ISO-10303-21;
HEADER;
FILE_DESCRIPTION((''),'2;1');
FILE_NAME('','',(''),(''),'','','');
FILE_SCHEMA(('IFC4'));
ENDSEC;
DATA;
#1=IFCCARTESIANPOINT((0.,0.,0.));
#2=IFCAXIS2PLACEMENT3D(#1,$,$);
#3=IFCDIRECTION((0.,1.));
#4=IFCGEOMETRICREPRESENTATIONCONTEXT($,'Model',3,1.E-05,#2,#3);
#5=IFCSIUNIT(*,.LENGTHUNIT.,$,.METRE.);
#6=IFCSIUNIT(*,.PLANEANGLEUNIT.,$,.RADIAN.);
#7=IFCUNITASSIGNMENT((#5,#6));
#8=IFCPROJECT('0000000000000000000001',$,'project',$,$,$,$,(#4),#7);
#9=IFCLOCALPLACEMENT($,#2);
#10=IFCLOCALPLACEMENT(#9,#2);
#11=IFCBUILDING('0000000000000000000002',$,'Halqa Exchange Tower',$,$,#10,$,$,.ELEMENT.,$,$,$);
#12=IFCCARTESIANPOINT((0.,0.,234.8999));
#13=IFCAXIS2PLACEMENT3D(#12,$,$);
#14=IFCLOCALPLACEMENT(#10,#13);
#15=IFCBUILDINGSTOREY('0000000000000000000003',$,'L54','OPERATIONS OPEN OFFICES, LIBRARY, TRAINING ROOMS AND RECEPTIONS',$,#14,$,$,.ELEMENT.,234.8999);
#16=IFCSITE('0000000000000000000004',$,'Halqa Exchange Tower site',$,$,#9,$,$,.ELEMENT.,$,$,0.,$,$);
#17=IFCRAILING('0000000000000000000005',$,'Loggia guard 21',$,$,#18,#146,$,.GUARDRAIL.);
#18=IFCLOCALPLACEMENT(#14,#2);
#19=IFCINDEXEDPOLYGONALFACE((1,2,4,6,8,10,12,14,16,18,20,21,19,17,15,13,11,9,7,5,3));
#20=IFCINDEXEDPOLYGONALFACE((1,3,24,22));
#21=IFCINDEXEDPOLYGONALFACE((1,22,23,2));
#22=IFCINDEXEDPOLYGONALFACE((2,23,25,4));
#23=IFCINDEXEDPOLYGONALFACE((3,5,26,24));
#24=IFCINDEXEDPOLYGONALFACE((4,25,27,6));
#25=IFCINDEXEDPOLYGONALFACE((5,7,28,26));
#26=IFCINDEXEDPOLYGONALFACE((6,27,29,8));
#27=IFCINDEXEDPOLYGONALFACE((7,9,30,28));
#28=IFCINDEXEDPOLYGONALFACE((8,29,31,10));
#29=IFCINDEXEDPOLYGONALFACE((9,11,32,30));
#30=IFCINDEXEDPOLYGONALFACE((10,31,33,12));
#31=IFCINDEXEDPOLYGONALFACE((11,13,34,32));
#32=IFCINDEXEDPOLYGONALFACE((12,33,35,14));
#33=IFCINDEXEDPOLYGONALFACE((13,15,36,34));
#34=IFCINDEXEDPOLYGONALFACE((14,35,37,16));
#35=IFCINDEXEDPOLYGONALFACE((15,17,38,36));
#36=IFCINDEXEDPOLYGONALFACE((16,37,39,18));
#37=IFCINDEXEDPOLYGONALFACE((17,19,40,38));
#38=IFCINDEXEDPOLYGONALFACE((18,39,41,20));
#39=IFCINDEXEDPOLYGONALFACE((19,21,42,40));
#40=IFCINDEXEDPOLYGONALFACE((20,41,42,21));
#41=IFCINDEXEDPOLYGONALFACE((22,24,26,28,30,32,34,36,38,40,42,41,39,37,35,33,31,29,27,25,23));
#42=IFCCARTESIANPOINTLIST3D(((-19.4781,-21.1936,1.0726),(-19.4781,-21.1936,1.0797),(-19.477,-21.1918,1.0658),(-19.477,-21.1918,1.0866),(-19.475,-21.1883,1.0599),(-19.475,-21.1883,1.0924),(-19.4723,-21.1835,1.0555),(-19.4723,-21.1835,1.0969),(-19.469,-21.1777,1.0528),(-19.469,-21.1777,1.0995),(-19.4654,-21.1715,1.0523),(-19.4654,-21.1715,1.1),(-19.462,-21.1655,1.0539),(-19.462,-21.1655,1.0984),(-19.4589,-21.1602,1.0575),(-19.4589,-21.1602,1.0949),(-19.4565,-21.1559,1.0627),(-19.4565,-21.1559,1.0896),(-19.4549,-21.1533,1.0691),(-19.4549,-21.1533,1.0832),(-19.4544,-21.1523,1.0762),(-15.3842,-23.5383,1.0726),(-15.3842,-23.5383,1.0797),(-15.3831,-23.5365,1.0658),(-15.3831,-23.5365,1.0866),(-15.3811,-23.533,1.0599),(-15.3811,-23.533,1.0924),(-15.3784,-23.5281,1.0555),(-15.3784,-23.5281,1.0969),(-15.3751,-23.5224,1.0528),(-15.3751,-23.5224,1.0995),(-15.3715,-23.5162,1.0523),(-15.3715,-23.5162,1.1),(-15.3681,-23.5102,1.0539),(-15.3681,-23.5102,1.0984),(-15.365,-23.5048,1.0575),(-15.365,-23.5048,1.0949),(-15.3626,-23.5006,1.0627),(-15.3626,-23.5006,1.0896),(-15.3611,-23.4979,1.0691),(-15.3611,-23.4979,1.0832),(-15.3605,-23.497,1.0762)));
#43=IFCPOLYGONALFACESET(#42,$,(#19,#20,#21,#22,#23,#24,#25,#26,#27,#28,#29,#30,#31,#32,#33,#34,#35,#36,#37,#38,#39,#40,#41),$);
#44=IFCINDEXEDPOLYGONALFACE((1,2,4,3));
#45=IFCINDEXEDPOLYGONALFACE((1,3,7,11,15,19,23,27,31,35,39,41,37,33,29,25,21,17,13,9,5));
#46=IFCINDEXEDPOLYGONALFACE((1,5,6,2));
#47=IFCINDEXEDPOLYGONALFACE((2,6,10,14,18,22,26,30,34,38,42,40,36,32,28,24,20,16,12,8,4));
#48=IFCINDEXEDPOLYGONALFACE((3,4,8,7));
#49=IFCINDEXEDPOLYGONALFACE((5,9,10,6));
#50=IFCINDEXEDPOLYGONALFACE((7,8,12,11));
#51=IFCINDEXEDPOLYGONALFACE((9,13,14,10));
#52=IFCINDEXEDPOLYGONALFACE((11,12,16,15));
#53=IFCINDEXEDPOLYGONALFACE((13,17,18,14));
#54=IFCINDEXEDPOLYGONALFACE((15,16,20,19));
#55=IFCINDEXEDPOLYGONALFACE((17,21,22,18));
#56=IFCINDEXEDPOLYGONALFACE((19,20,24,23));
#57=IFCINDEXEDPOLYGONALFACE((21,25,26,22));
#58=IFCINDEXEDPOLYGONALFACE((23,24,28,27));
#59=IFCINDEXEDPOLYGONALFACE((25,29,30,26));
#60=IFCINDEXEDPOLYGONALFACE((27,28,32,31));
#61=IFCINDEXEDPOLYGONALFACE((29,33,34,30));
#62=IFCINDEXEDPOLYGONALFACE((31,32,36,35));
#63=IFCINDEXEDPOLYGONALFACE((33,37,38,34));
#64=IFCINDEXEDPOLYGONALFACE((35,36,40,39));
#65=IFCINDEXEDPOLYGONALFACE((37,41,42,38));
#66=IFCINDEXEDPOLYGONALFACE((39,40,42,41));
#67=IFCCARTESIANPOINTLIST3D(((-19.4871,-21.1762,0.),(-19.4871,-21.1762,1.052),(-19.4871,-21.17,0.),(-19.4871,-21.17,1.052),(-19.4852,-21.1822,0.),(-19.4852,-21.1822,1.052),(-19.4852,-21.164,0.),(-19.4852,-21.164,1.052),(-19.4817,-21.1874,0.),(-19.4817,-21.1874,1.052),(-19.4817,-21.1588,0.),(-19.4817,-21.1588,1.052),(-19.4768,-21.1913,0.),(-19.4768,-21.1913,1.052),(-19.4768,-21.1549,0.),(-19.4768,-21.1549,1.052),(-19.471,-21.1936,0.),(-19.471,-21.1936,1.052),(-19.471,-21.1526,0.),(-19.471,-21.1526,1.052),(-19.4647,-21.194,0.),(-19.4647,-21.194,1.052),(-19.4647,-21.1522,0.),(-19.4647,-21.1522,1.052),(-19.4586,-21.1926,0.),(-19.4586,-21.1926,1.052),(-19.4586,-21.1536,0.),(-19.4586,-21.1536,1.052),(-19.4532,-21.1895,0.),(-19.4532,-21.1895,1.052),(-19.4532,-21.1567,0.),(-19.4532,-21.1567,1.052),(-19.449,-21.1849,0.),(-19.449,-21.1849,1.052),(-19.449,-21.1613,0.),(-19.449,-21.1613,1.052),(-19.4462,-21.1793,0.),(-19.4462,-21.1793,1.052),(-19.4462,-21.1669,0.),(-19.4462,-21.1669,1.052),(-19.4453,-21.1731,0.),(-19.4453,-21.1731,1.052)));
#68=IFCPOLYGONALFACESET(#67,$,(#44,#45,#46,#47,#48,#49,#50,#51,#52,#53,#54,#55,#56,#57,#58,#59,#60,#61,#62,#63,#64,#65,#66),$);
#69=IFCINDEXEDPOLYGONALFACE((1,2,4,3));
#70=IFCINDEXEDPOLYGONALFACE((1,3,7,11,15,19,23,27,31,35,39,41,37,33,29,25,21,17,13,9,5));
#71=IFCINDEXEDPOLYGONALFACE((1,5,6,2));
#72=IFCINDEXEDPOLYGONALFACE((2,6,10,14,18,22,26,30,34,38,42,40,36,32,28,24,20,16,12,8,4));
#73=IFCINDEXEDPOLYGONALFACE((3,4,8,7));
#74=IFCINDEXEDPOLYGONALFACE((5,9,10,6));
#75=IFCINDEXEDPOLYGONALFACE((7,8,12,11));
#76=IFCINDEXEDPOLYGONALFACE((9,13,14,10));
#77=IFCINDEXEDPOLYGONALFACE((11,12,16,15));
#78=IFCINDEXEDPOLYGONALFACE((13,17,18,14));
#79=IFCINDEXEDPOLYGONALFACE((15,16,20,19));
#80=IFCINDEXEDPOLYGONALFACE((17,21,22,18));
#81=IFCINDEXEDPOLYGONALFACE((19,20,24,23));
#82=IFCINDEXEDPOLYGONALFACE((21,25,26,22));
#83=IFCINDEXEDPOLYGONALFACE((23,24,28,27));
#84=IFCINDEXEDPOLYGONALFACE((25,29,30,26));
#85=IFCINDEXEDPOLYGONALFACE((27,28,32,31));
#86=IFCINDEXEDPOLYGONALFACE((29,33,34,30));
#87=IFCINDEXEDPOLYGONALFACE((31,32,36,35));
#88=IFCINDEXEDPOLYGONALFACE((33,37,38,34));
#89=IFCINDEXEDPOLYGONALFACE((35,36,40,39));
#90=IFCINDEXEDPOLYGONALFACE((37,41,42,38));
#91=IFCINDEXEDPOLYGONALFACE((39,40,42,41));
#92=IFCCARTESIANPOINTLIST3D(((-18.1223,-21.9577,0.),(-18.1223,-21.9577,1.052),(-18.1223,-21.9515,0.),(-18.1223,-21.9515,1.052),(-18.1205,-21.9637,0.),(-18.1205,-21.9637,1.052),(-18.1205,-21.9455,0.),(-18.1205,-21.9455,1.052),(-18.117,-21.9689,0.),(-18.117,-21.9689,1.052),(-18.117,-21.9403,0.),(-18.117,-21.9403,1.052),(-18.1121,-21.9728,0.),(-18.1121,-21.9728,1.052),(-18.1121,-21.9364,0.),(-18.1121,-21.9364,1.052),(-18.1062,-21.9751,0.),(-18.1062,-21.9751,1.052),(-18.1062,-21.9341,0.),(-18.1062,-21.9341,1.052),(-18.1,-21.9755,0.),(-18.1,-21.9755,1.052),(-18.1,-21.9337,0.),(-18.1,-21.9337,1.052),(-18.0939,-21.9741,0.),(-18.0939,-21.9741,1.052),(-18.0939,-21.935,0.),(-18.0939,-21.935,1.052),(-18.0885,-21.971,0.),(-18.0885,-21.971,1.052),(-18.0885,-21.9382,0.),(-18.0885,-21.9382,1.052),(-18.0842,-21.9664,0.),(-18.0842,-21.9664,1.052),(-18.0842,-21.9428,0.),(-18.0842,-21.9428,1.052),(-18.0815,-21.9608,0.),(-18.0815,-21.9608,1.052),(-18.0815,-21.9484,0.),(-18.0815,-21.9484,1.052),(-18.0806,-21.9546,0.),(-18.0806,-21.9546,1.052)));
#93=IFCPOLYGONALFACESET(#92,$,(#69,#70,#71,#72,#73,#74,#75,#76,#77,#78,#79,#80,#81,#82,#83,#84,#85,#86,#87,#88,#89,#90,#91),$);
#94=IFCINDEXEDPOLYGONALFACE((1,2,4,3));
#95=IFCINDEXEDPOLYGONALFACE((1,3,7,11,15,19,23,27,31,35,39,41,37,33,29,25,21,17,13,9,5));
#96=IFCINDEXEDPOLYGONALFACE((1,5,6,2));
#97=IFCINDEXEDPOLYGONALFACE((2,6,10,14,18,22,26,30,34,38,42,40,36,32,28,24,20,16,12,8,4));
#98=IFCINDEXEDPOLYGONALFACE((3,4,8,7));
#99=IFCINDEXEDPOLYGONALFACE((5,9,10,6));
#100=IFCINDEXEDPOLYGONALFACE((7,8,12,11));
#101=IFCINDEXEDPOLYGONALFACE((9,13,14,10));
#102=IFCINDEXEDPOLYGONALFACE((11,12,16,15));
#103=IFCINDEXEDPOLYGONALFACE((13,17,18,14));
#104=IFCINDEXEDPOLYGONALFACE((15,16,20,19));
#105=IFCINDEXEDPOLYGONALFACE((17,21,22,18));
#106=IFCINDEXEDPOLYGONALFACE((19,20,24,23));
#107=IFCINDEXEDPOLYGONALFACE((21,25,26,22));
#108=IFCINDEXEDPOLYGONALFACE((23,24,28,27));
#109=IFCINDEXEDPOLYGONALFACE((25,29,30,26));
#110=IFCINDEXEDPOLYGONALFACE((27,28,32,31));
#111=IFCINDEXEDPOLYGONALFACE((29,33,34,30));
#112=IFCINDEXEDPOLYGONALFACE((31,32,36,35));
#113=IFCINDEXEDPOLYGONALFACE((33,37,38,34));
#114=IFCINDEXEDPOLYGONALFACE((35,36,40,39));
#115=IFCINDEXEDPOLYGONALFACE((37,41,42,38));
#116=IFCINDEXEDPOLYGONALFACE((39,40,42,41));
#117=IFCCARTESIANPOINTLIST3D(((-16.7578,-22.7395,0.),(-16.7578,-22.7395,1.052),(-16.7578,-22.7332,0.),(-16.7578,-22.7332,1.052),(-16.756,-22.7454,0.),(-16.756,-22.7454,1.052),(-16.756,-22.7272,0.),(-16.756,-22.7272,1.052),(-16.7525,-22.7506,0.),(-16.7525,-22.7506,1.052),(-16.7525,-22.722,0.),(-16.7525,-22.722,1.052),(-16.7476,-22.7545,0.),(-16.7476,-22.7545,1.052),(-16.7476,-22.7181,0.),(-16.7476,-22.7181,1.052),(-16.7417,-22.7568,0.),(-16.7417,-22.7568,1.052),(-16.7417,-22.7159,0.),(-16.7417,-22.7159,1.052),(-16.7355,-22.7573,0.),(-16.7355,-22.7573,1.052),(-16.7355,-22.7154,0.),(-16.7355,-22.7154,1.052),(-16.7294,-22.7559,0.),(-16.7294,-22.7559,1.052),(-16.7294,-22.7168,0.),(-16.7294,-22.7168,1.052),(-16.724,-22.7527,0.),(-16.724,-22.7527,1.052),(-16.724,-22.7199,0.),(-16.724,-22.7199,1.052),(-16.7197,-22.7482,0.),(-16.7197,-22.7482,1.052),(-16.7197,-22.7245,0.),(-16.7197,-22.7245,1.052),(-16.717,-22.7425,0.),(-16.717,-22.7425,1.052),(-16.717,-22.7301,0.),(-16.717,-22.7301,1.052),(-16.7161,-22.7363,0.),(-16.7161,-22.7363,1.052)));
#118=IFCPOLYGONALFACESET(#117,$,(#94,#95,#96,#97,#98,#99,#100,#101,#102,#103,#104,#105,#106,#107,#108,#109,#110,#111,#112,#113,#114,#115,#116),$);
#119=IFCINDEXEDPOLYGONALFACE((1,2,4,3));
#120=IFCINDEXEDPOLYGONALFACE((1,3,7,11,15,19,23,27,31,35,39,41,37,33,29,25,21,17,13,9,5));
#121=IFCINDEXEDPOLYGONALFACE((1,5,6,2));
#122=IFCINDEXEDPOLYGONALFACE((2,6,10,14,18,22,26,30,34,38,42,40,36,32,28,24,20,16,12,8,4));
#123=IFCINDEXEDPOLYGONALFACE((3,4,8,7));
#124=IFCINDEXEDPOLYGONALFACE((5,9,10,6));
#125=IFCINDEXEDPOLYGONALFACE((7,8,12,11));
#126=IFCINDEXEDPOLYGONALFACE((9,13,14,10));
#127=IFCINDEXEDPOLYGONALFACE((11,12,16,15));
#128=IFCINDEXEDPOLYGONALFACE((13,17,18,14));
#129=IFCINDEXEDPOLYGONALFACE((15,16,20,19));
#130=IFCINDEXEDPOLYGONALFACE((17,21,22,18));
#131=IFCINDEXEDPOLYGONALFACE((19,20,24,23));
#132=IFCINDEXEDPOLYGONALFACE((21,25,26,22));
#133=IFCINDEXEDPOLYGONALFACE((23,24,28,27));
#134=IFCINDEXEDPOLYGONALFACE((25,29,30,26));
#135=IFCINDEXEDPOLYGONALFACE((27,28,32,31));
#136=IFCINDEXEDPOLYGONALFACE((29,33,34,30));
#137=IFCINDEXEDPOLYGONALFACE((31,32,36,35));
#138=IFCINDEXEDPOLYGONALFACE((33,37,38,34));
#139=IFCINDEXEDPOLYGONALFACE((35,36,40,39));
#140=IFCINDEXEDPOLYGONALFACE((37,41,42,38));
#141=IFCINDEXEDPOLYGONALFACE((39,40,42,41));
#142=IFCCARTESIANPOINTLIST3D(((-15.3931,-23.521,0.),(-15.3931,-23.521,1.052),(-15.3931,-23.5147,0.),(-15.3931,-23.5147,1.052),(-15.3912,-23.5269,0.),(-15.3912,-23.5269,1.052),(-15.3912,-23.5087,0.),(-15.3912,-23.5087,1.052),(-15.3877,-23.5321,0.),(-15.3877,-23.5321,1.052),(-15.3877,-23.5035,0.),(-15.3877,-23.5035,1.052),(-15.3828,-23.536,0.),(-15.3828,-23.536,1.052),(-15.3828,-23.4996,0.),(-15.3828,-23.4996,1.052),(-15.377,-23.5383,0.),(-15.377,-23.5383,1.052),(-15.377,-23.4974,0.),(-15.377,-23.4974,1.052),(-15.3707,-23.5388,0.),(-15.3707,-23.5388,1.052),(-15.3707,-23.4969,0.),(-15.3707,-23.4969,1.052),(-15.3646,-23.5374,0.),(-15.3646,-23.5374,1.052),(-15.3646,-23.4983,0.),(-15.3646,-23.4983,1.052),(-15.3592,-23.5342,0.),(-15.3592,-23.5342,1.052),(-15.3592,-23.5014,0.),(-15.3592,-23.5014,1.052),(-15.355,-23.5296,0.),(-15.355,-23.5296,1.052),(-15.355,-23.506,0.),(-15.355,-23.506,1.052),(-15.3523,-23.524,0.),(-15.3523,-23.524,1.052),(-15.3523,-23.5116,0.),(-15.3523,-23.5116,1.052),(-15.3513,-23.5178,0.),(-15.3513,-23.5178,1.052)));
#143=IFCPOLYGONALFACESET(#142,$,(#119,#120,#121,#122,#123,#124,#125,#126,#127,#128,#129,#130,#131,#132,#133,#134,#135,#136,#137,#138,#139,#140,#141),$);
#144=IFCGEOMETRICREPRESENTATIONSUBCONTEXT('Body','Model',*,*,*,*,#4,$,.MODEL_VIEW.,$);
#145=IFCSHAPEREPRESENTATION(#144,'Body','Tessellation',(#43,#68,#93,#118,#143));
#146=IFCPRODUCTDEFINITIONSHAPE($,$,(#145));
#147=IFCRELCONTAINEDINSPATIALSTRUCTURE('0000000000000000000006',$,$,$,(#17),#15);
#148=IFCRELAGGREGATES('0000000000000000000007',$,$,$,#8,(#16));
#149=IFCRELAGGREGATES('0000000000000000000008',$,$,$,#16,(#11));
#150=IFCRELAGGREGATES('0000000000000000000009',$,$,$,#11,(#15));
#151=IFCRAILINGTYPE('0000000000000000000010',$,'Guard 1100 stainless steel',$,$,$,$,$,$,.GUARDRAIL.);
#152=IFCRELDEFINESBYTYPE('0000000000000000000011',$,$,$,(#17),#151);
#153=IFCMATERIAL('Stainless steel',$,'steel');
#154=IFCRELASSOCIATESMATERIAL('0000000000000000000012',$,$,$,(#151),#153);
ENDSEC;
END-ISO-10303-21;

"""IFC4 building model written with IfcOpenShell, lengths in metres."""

from ifc_helpers import new_model, si_unit, direction, frame, origin, origin_2d, place, context, subcontext, project, spatial, circle, extrude, material, type_object, element, save


model = new_model("IFC4")

# Units and contexts
model_context = context("Model", 3, precision=1e-05, world=origin(), true_north=direction((0.0, 1.0)))
body_context = subcontext(model_context, "Body", "Model", "MODEL_VIEW")
ifc_project = project(units=[si_unit("LENGTHUNIT", "METRE"), si_unit("PLANEANGLEUNIT", "RADIAN")], contexts=[model_context])

# Site, building, storey
site_placement = place(None, origin())
site = spatial("IfcSite", under=ifc_project, at=site_placement, Name="Halqa Exchange Tower site", CompositionType="ELEMENT", RefElevation=0.0)
building_placement = place(site_placement, origin())
building = spatial("IfcBuilding", under=site, at=building_placement, Name="Halqa Exchange Tower", CompositionType="ELEMENT")
storey_placement = place(building_placement, frame((0.0, 0.0, 234.8999)))
storey = spatial("IfcBuildingStorey", under=building, at=storey_placement, Name="L54", Description="OPERATIONS OPEN OFFICES, LIBRARY, TRAINING ROOMS AND RECEPTIONS", CompositionType="ELEMENT", Elevation=234.8999)

# Railing
ifc_material_1 = material(Name="Stainless steel", Category="steel")
railing_type = type_object("IfcRailingType", Name="Guard 1100 stainless steel", PredefinedType="GUARDRAIL", material=ifc_material_1)
railing_1_placement = place(storey_placement, frame((-19.4663, -21.1731, 0.0)))
element("IfcRailing", 1, at=railing_1_placement, inside=storey, type_object=railing_type, Name="Loggia guard 21", PredefinedType="GUARDRAIL", context=body_context, shape_type="SweptSolid", body=[
    extrude(circle(Radius=0.0239, at=origin_2d()), frame((0.0, 0.0, 1.0762), z_axis=(0.867759, -0.496986, 0.0), x_axis=(0.496986, 0.867759, 0.0)), (0.0, 0.0, 1.0), 4.7178),
    extrude(circle(Radius=0.021, at=origin_2d()), origin(), (0.0, 0.0, 1.0), 1.052),
    extrude(circle(Radius=0.021, at=origin_2d()), frame((1.3647, -0.7815, 0.0)), (0.0, 0.0, 1.0), 1.052),
    extrude(circle(Radius=0.021, at=origin_2d()), frame((2.7292, -1.5632, 0.0)), (0.0, 0.0, 1.0), 1.052),
    extrude(circle(Radius=0.021, at=origin_2d()), frame((4.094, -2.3447, 0.0)), (0.0, 0.0, 1.0), 1.052),
])

save(model, "model.ifc")
